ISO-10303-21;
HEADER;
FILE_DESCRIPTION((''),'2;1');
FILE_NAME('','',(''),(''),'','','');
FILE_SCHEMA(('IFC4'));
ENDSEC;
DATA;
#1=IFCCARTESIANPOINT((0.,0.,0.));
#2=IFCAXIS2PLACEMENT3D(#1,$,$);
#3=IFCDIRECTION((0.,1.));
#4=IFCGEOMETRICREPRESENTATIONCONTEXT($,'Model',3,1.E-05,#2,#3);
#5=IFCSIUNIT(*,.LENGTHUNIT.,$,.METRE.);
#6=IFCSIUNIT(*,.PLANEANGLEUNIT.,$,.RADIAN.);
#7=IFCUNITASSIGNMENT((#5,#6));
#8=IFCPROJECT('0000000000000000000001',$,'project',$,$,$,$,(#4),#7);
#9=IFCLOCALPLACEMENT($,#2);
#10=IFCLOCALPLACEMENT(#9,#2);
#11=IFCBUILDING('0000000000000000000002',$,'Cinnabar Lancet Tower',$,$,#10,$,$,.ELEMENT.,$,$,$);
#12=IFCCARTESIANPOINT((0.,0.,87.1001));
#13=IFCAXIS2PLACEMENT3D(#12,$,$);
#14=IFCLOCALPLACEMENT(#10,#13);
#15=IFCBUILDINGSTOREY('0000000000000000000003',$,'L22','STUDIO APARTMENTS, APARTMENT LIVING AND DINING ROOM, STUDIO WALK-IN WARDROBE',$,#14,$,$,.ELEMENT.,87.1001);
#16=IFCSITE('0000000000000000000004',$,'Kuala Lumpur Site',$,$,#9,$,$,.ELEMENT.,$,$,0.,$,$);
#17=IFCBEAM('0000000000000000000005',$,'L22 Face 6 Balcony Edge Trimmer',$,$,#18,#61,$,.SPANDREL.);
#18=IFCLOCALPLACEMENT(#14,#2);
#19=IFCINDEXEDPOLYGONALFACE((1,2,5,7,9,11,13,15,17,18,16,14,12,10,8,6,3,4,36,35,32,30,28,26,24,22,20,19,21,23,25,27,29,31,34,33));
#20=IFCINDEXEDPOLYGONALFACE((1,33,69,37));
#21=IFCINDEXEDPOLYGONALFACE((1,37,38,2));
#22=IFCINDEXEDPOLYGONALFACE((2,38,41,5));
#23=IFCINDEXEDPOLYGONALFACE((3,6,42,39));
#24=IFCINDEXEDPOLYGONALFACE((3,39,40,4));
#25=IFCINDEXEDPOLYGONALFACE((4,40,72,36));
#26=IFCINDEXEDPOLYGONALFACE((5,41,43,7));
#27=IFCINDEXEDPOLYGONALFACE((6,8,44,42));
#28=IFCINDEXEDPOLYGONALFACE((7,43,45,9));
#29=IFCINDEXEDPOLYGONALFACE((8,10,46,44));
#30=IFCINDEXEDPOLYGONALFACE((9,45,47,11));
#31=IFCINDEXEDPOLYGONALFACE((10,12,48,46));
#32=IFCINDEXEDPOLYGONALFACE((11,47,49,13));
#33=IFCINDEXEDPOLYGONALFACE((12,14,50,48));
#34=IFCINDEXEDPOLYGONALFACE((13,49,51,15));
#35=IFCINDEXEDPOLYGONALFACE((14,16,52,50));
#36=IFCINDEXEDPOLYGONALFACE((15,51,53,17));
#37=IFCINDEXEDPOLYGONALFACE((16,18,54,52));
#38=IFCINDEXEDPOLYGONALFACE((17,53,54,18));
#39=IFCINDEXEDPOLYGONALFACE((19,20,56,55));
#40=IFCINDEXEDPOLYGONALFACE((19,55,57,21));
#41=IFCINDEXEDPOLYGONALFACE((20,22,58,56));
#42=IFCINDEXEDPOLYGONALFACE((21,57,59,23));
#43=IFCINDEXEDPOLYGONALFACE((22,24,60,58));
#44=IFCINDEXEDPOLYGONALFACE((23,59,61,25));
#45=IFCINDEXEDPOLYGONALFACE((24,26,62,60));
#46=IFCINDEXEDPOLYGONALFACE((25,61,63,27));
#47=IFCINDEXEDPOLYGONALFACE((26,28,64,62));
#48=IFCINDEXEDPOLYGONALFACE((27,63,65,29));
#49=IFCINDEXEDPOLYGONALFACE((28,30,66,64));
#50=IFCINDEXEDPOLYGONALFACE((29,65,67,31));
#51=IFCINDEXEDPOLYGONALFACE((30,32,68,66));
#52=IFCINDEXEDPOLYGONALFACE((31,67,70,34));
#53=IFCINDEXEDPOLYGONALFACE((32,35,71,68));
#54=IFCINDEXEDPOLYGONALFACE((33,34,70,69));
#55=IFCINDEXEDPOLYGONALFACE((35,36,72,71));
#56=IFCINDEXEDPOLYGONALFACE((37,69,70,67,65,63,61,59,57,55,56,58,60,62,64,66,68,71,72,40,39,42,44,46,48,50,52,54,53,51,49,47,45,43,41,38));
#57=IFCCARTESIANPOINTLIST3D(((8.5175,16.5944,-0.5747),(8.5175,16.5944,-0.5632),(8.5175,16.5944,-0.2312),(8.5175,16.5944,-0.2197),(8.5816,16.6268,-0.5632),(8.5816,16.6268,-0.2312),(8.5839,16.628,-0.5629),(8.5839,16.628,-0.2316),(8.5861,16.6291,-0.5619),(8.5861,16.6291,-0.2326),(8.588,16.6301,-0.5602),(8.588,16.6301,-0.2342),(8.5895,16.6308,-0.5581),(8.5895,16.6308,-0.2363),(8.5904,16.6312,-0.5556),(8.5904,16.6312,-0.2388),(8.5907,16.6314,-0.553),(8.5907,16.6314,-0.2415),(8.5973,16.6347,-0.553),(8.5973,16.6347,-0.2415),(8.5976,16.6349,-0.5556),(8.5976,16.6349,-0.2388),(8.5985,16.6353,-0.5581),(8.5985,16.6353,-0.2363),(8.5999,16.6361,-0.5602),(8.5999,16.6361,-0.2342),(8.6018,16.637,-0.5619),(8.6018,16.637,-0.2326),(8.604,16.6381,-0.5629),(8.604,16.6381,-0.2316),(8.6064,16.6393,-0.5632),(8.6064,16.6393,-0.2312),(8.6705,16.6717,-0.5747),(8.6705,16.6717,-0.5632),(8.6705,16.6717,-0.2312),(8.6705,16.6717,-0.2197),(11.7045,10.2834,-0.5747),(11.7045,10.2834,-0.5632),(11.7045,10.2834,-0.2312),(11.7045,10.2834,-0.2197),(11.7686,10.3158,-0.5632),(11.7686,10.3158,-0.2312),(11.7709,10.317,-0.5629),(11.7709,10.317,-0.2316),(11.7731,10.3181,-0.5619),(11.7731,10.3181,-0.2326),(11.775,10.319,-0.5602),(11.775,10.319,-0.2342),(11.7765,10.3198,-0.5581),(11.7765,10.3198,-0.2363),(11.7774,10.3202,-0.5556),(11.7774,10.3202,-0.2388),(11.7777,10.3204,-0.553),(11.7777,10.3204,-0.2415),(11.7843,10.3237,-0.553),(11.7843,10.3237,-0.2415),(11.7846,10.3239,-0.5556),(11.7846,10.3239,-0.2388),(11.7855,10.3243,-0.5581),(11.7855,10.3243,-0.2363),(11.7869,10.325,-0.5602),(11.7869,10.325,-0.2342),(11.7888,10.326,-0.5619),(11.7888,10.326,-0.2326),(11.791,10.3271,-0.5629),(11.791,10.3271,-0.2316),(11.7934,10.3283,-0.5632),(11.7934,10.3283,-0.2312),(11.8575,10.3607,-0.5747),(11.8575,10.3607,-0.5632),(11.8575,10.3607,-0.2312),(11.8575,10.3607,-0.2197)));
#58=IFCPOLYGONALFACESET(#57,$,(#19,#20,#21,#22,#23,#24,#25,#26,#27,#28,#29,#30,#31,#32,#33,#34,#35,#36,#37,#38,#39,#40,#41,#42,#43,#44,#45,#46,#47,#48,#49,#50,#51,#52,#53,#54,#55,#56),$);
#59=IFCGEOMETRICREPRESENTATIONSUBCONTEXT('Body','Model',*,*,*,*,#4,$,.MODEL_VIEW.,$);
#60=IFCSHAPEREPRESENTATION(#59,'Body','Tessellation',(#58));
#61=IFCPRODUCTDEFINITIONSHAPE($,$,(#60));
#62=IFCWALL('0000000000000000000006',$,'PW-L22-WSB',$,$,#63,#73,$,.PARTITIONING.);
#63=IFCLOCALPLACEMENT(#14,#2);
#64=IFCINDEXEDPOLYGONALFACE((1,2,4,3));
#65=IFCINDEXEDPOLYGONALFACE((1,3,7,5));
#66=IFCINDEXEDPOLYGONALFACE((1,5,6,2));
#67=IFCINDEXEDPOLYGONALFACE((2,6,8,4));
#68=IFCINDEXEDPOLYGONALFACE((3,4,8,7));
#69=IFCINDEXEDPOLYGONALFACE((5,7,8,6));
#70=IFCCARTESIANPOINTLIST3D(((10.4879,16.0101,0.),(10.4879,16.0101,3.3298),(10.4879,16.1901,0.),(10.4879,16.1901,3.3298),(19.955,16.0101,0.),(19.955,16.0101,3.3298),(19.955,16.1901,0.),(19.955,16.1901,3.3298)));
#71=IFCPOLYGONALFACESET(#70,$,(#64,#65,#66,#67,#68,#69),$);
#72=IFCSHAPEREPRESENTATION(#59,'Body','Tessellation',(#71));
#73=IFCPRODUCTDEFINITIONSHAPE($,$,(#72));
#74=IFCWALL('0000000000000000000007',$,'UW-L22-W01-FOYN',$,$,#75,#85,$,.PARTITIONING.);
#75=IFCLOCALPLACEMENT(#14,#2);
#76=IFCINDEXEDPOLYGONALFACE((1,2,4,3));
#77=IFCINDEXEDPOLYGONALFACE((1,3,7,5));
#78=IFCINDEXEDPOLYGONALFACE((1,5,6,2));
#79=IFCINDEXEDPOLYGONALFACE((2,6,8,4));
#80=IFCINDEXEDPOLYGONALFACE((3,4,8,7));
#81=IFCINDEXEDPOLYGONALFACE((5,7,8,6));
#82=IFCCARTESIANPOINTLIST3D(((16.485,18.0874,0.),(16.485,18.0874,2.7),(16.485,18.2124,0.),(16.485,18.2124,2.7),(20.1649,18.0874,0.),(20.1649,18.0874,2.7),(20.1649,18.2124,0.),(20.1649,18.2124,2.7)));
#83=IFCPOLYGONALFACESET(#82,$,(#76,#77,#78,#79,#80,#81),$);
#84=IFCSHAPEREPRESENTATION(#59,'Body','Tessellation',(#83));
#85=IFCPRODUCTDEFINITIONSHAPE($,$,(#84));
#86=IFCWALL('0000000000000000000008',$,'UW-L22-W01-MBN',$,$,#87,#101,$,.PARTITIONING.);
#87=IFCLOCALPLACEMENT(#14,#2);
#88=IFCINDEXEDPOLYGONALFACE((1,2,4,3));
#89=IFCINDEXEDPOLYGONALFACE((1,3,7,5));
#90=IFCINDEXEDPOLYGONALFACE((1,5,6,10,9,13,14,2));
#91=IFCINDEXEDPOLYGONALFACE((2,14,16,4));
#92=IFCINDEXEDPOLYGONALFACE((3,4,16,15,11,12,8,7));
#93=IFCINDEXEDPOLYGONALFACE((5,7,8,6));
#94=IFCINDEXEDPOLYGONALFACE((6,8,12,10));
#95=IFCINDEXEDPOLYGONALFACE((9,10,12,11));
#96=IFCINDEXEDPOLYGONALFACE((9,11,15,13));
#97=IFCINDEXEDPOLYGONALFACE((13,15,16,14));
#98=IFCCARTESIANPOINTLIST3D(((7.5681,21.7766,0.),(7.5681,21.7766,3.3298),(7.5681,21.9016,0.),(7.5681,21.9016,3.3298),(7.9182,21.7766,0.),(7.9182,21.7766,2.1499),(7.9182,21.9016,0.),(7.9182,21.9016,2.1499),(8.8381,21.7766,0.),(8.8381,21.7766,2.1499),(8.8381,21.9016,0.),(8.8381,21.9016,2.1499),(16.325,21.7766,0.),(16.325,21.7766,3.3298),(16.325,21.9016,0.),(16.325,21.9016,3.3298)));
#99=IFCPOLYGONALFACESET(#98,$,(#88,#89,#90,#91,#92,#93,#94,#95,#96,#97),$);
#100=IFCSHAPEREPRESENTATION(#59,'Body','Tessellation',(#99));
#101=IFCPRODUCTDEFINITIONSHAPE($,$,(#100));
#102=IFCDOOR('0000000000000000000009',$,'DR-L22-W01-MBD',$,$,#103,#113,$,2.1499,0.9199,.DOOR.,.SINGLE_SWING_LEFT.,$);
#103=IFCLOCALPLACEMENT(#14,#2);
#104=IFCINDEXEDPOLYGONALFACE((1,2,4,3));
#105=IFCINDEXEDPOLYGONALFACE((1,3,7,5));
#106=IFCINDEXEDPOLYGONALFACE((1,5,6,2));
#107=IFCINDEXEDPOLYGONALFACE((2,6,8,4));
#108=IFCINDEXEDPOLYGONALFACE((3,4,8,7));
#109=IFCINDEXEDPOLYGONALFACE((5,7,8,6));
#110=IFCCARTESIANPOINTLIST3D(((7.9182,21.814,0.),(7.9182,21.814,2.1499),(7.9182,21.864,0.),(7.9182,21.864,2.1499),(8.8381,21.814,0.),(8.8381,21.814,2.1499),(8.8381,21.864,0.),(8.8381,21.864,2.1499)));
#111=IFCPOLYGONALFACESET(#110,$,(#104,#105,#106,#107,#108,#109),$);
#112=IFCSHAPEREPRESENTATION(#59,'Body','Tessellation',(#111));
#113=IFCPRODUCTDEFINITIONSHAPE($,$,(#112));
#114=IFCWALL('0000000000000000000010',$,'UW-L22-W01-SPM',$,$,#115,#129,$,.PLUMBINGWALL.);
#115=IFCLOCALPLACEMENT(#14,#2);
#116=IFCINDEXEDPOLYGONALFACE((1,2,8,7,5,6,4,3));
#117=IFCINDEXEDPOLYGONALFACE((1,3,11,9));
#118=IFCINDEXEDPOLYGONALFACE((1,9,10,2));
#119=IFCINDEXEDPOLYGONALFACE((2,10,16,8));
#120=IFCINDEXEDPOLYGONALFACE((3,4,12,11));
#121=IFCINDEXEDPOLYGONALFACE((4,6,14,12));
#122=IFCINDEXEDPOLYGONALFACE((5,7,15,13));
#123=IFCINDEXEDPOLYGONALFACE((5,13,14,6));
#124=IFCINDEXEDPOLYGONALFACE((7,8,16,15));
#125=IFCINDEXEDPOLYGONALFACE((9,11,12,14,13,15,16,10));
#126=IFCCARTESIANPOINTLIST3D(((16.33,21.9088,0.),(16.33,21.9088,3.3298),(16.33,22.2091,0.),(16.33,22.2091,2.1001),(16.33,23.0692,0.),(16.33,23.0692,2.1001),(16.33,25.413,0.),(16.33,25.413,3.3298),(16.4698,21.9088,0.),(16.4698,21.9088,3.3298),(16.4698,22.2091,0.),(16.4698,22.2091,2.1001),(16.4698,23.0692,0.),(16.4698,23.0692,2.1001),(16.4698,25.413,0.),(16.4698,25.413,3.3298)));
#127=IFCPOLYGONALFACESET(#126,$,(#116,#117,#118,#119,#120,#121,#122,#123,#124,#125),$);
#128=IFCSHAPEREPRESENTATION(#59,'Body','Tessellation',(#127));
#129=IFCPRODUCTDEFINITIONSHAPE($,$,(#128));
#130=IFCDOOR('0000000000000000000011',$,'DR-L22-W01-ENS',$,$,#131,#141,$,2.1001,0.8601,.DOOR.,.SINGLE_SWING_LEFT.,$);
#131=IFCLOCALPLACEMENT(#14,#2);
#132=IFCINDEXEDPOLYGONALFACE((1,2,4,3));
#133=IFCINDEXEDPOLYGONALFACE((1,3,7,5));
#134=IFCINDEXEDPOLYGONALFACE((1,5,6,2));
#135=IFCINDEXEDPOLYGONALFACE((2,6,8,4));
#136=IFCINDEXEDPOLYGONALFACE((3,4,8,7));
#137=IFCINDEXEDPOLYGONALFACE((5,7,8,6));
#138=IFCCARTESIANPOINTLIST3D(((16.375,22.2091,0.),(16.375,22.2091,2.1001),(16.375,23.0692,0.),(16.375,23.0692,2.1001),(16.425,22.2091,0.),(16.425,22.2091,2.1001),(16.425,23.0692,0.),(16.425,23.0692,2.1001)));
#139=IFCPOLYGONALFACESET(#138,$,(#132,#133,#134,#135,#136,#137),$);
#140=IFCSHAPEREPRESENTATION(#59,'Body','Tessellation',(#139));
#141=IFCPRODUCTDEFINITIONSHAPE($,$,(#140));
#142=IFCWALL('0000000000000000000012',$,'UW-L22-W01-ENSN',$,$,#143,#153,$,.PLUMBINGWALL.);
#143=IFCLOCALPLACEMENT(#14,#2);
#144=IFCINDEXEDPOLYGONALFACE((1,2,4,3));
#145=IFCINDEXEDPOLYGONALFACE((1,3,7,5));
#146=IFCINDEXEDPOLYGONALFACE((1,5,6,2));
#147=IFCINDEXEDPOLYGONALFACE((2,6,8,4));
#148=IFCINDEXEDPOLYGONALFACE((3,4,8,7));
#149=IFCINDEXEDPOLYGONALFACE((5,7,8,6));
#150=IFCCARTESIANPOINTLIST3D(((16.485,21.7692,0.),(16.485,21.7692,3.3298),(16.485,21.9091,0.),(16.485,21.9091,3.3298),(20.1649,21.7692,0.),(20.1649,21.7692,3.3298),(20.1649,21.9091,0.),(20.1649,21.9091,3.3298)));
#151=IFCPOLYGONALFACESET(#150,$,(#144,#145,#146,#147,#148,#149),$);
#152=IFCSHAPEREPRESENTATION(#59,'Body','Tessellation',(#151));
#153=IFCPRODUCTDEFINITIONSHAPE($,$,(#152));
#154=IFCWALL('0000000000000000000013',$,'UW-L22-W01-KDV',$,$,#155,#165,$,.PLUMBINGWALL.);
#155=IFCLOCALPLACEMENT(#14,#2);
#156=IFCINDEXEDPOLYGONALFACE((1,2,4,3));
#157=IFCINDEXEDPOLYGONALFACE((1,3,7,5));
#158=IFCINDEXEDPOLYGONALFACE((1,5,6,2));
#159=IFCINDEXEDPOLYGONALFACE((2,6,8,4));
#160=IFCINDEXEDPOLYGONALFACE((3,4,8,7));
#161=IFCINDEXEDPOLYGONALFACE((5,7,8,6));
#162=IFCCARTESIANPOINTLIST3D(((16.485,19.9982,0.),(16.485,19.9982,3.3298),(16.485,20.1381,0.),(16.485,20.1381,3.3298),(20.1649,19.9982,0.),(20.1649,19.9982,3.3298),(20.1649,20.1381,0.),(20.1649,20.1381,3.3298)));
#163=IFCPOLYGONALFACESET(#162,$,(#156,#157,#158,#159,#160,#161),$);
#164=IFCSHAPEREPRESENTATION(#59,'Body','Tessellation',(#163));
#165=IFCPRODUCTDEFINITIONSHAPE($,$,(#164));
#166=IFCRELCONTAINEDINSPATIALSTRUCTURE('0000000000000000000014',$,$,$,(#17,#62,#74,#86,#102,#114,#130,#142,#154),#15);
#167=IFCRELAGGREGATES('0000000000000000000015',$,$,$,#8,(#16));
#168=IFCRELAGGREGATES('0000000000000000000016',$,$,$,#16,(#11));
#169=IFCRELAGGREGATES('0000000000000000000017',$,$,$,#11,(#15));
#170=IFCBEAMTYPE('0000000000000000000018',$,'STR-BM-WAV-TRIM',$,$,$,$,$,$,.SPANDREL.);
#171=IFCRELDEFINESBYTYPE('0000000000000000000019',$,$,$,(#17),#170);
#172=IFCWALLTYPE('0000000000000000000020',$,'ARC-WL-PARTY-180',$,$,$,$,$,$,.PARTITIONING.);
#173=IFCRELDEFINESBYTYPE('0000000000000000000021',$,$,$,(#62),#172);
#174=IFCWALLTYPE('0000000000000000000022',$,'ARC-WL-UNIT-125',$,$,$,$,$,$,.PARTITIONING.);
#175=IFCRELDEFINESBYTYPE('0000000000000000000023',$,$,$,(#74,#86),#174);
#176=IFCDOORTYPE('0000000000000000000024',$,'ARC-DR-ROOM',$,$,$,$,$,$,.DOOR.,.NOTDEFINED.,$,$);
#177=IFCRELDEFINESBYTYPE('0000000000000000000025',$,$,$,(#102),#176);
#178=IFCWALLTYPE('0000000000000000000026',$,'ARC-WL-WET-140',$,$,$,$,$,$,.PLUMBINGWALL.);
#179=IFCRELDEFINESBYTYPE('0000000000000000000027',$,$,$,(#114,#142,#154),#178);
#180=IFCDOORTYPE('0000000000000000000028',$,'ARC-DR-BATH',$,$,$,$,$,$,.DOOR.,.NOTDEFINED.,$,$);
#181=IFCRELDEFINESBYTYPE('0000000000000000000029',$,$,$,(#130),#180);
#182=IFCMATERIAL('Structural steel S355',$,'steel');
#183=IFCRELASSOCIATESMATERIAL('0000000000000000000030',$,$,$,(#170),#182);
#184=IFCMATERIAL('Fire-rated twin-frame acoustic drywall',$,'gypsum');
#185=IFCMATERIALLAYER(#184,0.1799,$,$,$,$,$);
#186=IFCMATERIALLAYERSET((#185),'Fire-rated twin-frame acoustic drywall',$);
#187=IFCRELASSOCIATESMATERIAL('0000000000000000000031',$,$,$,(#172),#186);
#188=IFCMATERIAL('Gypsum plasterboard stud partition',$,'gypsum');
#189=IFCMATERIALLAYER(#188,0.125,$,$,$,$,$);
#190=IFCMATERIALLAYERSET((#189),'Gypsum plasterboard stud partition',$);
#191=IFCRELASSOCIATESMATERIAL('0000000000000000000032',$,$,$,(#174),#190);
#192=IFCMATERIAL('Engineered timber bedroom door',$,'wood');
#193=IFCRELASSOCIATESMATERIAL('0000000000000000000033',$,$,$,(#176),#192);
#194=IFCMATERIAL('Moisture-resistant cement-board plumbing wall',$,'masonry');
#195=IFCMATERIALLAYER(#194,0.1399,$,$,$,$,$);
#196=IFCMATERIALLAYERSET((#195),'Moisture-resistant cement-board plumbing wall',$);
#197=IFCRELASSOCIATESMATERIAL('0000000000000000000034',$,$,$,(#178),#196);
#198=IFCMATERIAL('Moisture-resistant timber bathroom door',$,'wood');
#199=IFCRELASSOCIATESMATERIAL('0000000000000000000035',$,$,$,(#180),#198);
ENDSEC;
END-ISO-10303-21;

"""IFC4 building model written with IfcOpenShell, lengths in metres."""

from ifc_helpers import new_model, si_unit, direction, frame, frame_2d, origin, origin_2d, place, context, subcontext, project, spatial, rectangle, i_section, extrude, material, layer, layer_set, material_profile, profile_set, type_object, element, fill, save


model = new_model("IFC4")

# Units and contexts
model_context = context("Model", 3, precision=1e-05, world=origin(), true_north=direction((0.0, 1.0)))
body_context = subcontext(model_context, "Body", "Model", "MODEL_VIEW")
ifc_project = project(units=[si_unit("LENGTHUNIT", "METRE"), si_unit("PLANEANGLEUNIT", "RADIAN")], contexts=[model_context])

# Site, building, storey
site_placement = place(None, origin())
site = spatial("IfcSite", under=ifc_project, at=site_placement, Name="Kuala Lumpur Site", CompositionType="ELEMENT", RefElevation=0.0)
building_placement = place(site_placement, origin())
building = spatial("IfcBuilding", under=site, at=building_placement, Name="Cinnabar Lancet Tower", CompositionType="ELEMENT")
storey_placement = place(building_placement, frame((0.0, 0.0, 87.1001)))
storey = spatial("IfcBuildingStorey", under=building, at=storey_placement, Name="L22", Description="STUDIO APARTMENTS, APARTMENT LIVING AND DINING ROOM, STUDIO WALK-IN WARDROBE", CompositionType="ELEMENT", Elevation=87.1001)

# Beam
ifc_material_1 = material(Name="Structural steel S355", Category="steel")
ifc_material_profile_1 = material_profile(ifc_material_1, i_section(OverallWidth=0.1714, OverallDepth=0.355, WebThickness=0.0073, FlangeThickness=0.0115, FilletRadius=0.0103, at=origin_2d()), Name="UKB 356x171x51")
ifc_profile_set_1 = profile_set([ifc_material_profile_1], Name="Structural steel S355")
beam_type_1 = type_object("IfcBeamType", Name="STR-BM-WAV-TRIM", PredefinedType="SPANDREL", material=ifc_profile_set_1)
beam_1_placement = place(storey_placement, frame((8.594, 16.6331, -0.3972), z_axis=(0.450774, -0.892638, 0.0), x_axis=(0.892638, 0.450774, 0.0)))
element("IfcBeam", 1, at=beam_1_placement, inside=storey, type_object=beam_type_1, Name="L22 Face 6 Balcony Edge Trimmer", PredefinedType="SPANDREL", context=body_context, shape_type="SweptSolid", body=[
    extrude(i_section(OverallWidth=0.1714, OverallDepth=0.355, WebThickness=0.0073, FlangeThickness=0.0115, FilletRadius=0.0103, at=origin_2d()), origin(), (0.0, 0.0, 1.0), 7.0701),
])

# Walls
ifc_material_2 = material(Name="Fire-rated twin-frame acoustic drywall", Category="gypsum")
ifc_layer_1 = layer(ifc_material_2, 0.1799)
ifc_layer_set_1 = layer_set([ifc_layer_1], Name="Fire-rated twin-frame acoustic drywall")
wall_type_1 = type_object("IfcWallType", Name="ARC-WL-PARTY-180", PredefinedType="PARTITIONING", material=ifc_layer_set_1)
wall_1_placement = place(storey_placement, frame((10.488, 16.1001, 0.0), z_axis=(0.0, 0.0, 1.0), x_axis=(1.0, 0.0, 0.0)))
element("IfcWall", 2, at=wall_1_placement, inside=storey, type_object=wall_type_1, Name="PW-L22-WSB", PredefinedType="PARTITIONING", context=body_context, shape_type="SweptSolid", body=[
    extrude(rectangle(XDim=9.467, YDim=0.1799, at=frame_2d((4.7334, 0.0))), origin(), (0.0, 0.0, 1.0), 3.3298),
])
ifc_material_3 = material(Name="Gypsum plasterboard stud partition", Category="gypsum")
ifc_layer_2 = layer(ifc_material_3, 0.125)
ifc_layer_set_2 = layer_set([ifc_layer_2], Name="Gypsum plasterboard stud partition")
wall_type_2 = type_object("IfcWallType", Name="ARC-WL-UNIT-125", PredefinedType="PARTITIONING", material=ifc_layer_set_2)
wall_2_placement = place(storey_placement, frame((16.4851, 18.1499, 0.0), z_axis=(0.0, 0.0, 1.0), x_axis=(1.0, 0.0, 0.0)))
element("IfcWall", 3, at=wall_2_placement, inside=storey, type_object=wall_type_2, Name="UW-L22-W01-FOYN", PredefinedType="PARTITIONING", context=body_context, shape_type="SweptSolid", body=[
    extrude(rectangle(XDim=3.6799, YDim=0.125, at=frame_2d((1.8398, 0.0))), origin(), (0.0, 0.0, 1.0), 2.7),
])

# Wall, opening, door
wall_3_placement = place(storey_placement, frame((7.5681, 21.8391, 0.0), z_axis=(0.0, 0.0, 1.0), x_axis=(1.0, 0.0, 0.0)))
wall_3 = element("IfcWall", 4, at=wall_3_placement, inside=storey, type_object=wall_type_2, Name="UW-L22-W01-MBN", PredefinedType="PARTITIONING", context=body_context, shape_type="SweptSolid", body=[
    extrude(rectangle(XDim=8.7568, YDim=0.125, at=frame_2d((4.3784, 0.0))), origin(), (0.0, 0.0, 1.0), 3.3298),
])
opening_1_placement = place(wall_3_placement, frame((0.3501, 0.0, 0.0)))
opening_1 = element("IfcOpeningElement", 5, at=opening_1_placement, cuts=wall_3, PredefinedType="OPENING", context=body_context, shape_type="SweptSolid", body=[
    extrude(rectangle(XDim=0.9199, YDim=2.1499, at=frame_2d((0.46, 1.075))), frame((0.0, 0.0725, 0.0), z_axis=(0.0, -1.0, 0.0), x_axis=(1.0, 0.0, 0.0)), (0.0, 0.0, 1.0), 0.145),
])
ifc_material_4 = material(Name="Engineered timber bedroom door", Category="wood")
door_type_1 = type_object("IfcDoorType", Name="ARC-DR-ROOM", OperationType="NOTDEFINED", PredefinedType="DOOR", material=ifc_material_4)
door_1_placement = place(opening_1_placement, origin())
door_1 = element("IfcDoor", 6, at=door_1_placement, inside=storey, type_object=door_type_1, Name="DR-L22-W01-MBD", OperationType="SINGLE_SWING_LEFT", OverallHeight=2.1499, OverallWidth=0.9199, PredefinedType="DOOR", context=body_context, shape_type="SweptSolid", body=[
    extrude(rectangle(XDim=0.9199, YDim=2.1499, at=frame_2d((0.46, 1.075))), frame((0.0, 0.0249, 0.0), z_axis=(0.0, -1.0, 0.0), x_axis=(1.0, 0.0, 0.0)), (0.0, 0.0, 1.0), 0.05),
])
fill(opening_1, door_1)

# Shared definitions
ifc_material_5 = material(Name="Moisture-resistant cement-board plumbing wall", Category="masonry")
ifc_layer_3 = layer(ifc_material_5, 0.1399)
ifc_layer_set_3 = layer_set([ifc_layer_3], Name="Moisture-resistant cement-board plumbing wall")
wall_type_3 = type_object("IfcWallType", Name="ARC-WL-WET-140", PredefinedType="PLUMBINGWALL", material=ifc_layer_set_3)
ifc_material_6 = material(Name="Moisture-resistant timber bathroom door", Category="wood")
door_type_2 = type_object("IfcDoorType", Name="ARC-DR-BATH", OperationType="NOTDEFINED", PredefinedType="DOOR", material=ifc_material_6)

# Wall, opening, door
wall_4_placement = place(storey_placement, frame((16.3999, 21.9089, 0.0), z_axis=(0.0, 0.0, 1.0), x_axis=(0.0, 1.0, 0.0)))
wall_4 = element("IfcWall", 7, at=wall_4_placement, inside=storey, type_object=wall_type_3, Name="UW-L22-W01-SPM", PredefinedType="PLUMBINGWALL", context=body_context, shape_type="SweptSolid", body=[
    extrude(rectangle(XDim=3.5042, YDim=0.1399, at=frame_2d((1.752, 0.0))), origin(), (0.0, 0.0, 1.0), 3.3298),
])
opening_2_placement = place(wall_4_placement, frame((0.3, 0.0, 0.0)))
opening_2 = element("IfcOpeningElement", 8, at=opening_2_placement, cuts=wall_4, PredefinedType="OPENING", context=body_context, shape_type="SweptSolid", body=[
    extrude(rectangle(XDim=0.8601, YDim=2.1001, at=frame_2d((0.4302, 1.05))), frame((0.0, 0.0798, 0.0), z_axis=(0.0, -1.0, 0.0), x_axis=(1.0, 0.0, 0.0)), (0.0, 0.0, 1.0), 0.1599),
])
door_2_placement = place(opening_2_placement, origin())
door_2 = element("IfcDoor", 9, at=door_2_placement, inside=storey, type_object=door_type_2, Name="DR-L22-W01-ENS", OperationType="SINGLE_SWING_LEFT", OverallHeight=2.1001, OverallWidth=0.8601, PredefinedType="DOOR", context=body_context, shape_type="SweptSolid", body=[
    extrude(rectangle(XDim=0.8601, YDim=2.1001, at=frame_2d((0.4302, 1.05))), frame((0.0, 0.0249, 0.0), z_axis=(0.0, -1.0, 0.0), x_axis=(1.0, 0.0, 0.0)), (0.0, 0.0, 1.0), 0.05),
])
fill(opening_2, door_2)

# Walls
for number, where, z_axis, x_axis, name in (
    (10, (16.4851, 21.8391, 0.0), (0.0, 0.0, 1.0), (1.0, 0.0, 0.0), "UW-L22-W01-ENSN"),
    (11, (16.4851, 20.0681, 0.0), (0.0, 0.0, 1.0), (1.0, 0.0, 0.0), "UW-L22-W01-KDV"),
):
    element("IfcWall", number, at=place(storey_placement, frame(where, z_axis=z_axis, x_axis=x_axis)), inside=storey, type_object=wall_type_3, Name=name, PredefinedType="PLUMBINGWALL", context=body_context, shape_type="SweptSolid", body=[
        extrude(rectangle(XDim=3.6799, YDim=0.1399, at=frame_2d((1.8398, 0.0))), origin(), (0.0, 0.0, 1.0), 3.3298),
    ])

save(model, "model.ifc")
